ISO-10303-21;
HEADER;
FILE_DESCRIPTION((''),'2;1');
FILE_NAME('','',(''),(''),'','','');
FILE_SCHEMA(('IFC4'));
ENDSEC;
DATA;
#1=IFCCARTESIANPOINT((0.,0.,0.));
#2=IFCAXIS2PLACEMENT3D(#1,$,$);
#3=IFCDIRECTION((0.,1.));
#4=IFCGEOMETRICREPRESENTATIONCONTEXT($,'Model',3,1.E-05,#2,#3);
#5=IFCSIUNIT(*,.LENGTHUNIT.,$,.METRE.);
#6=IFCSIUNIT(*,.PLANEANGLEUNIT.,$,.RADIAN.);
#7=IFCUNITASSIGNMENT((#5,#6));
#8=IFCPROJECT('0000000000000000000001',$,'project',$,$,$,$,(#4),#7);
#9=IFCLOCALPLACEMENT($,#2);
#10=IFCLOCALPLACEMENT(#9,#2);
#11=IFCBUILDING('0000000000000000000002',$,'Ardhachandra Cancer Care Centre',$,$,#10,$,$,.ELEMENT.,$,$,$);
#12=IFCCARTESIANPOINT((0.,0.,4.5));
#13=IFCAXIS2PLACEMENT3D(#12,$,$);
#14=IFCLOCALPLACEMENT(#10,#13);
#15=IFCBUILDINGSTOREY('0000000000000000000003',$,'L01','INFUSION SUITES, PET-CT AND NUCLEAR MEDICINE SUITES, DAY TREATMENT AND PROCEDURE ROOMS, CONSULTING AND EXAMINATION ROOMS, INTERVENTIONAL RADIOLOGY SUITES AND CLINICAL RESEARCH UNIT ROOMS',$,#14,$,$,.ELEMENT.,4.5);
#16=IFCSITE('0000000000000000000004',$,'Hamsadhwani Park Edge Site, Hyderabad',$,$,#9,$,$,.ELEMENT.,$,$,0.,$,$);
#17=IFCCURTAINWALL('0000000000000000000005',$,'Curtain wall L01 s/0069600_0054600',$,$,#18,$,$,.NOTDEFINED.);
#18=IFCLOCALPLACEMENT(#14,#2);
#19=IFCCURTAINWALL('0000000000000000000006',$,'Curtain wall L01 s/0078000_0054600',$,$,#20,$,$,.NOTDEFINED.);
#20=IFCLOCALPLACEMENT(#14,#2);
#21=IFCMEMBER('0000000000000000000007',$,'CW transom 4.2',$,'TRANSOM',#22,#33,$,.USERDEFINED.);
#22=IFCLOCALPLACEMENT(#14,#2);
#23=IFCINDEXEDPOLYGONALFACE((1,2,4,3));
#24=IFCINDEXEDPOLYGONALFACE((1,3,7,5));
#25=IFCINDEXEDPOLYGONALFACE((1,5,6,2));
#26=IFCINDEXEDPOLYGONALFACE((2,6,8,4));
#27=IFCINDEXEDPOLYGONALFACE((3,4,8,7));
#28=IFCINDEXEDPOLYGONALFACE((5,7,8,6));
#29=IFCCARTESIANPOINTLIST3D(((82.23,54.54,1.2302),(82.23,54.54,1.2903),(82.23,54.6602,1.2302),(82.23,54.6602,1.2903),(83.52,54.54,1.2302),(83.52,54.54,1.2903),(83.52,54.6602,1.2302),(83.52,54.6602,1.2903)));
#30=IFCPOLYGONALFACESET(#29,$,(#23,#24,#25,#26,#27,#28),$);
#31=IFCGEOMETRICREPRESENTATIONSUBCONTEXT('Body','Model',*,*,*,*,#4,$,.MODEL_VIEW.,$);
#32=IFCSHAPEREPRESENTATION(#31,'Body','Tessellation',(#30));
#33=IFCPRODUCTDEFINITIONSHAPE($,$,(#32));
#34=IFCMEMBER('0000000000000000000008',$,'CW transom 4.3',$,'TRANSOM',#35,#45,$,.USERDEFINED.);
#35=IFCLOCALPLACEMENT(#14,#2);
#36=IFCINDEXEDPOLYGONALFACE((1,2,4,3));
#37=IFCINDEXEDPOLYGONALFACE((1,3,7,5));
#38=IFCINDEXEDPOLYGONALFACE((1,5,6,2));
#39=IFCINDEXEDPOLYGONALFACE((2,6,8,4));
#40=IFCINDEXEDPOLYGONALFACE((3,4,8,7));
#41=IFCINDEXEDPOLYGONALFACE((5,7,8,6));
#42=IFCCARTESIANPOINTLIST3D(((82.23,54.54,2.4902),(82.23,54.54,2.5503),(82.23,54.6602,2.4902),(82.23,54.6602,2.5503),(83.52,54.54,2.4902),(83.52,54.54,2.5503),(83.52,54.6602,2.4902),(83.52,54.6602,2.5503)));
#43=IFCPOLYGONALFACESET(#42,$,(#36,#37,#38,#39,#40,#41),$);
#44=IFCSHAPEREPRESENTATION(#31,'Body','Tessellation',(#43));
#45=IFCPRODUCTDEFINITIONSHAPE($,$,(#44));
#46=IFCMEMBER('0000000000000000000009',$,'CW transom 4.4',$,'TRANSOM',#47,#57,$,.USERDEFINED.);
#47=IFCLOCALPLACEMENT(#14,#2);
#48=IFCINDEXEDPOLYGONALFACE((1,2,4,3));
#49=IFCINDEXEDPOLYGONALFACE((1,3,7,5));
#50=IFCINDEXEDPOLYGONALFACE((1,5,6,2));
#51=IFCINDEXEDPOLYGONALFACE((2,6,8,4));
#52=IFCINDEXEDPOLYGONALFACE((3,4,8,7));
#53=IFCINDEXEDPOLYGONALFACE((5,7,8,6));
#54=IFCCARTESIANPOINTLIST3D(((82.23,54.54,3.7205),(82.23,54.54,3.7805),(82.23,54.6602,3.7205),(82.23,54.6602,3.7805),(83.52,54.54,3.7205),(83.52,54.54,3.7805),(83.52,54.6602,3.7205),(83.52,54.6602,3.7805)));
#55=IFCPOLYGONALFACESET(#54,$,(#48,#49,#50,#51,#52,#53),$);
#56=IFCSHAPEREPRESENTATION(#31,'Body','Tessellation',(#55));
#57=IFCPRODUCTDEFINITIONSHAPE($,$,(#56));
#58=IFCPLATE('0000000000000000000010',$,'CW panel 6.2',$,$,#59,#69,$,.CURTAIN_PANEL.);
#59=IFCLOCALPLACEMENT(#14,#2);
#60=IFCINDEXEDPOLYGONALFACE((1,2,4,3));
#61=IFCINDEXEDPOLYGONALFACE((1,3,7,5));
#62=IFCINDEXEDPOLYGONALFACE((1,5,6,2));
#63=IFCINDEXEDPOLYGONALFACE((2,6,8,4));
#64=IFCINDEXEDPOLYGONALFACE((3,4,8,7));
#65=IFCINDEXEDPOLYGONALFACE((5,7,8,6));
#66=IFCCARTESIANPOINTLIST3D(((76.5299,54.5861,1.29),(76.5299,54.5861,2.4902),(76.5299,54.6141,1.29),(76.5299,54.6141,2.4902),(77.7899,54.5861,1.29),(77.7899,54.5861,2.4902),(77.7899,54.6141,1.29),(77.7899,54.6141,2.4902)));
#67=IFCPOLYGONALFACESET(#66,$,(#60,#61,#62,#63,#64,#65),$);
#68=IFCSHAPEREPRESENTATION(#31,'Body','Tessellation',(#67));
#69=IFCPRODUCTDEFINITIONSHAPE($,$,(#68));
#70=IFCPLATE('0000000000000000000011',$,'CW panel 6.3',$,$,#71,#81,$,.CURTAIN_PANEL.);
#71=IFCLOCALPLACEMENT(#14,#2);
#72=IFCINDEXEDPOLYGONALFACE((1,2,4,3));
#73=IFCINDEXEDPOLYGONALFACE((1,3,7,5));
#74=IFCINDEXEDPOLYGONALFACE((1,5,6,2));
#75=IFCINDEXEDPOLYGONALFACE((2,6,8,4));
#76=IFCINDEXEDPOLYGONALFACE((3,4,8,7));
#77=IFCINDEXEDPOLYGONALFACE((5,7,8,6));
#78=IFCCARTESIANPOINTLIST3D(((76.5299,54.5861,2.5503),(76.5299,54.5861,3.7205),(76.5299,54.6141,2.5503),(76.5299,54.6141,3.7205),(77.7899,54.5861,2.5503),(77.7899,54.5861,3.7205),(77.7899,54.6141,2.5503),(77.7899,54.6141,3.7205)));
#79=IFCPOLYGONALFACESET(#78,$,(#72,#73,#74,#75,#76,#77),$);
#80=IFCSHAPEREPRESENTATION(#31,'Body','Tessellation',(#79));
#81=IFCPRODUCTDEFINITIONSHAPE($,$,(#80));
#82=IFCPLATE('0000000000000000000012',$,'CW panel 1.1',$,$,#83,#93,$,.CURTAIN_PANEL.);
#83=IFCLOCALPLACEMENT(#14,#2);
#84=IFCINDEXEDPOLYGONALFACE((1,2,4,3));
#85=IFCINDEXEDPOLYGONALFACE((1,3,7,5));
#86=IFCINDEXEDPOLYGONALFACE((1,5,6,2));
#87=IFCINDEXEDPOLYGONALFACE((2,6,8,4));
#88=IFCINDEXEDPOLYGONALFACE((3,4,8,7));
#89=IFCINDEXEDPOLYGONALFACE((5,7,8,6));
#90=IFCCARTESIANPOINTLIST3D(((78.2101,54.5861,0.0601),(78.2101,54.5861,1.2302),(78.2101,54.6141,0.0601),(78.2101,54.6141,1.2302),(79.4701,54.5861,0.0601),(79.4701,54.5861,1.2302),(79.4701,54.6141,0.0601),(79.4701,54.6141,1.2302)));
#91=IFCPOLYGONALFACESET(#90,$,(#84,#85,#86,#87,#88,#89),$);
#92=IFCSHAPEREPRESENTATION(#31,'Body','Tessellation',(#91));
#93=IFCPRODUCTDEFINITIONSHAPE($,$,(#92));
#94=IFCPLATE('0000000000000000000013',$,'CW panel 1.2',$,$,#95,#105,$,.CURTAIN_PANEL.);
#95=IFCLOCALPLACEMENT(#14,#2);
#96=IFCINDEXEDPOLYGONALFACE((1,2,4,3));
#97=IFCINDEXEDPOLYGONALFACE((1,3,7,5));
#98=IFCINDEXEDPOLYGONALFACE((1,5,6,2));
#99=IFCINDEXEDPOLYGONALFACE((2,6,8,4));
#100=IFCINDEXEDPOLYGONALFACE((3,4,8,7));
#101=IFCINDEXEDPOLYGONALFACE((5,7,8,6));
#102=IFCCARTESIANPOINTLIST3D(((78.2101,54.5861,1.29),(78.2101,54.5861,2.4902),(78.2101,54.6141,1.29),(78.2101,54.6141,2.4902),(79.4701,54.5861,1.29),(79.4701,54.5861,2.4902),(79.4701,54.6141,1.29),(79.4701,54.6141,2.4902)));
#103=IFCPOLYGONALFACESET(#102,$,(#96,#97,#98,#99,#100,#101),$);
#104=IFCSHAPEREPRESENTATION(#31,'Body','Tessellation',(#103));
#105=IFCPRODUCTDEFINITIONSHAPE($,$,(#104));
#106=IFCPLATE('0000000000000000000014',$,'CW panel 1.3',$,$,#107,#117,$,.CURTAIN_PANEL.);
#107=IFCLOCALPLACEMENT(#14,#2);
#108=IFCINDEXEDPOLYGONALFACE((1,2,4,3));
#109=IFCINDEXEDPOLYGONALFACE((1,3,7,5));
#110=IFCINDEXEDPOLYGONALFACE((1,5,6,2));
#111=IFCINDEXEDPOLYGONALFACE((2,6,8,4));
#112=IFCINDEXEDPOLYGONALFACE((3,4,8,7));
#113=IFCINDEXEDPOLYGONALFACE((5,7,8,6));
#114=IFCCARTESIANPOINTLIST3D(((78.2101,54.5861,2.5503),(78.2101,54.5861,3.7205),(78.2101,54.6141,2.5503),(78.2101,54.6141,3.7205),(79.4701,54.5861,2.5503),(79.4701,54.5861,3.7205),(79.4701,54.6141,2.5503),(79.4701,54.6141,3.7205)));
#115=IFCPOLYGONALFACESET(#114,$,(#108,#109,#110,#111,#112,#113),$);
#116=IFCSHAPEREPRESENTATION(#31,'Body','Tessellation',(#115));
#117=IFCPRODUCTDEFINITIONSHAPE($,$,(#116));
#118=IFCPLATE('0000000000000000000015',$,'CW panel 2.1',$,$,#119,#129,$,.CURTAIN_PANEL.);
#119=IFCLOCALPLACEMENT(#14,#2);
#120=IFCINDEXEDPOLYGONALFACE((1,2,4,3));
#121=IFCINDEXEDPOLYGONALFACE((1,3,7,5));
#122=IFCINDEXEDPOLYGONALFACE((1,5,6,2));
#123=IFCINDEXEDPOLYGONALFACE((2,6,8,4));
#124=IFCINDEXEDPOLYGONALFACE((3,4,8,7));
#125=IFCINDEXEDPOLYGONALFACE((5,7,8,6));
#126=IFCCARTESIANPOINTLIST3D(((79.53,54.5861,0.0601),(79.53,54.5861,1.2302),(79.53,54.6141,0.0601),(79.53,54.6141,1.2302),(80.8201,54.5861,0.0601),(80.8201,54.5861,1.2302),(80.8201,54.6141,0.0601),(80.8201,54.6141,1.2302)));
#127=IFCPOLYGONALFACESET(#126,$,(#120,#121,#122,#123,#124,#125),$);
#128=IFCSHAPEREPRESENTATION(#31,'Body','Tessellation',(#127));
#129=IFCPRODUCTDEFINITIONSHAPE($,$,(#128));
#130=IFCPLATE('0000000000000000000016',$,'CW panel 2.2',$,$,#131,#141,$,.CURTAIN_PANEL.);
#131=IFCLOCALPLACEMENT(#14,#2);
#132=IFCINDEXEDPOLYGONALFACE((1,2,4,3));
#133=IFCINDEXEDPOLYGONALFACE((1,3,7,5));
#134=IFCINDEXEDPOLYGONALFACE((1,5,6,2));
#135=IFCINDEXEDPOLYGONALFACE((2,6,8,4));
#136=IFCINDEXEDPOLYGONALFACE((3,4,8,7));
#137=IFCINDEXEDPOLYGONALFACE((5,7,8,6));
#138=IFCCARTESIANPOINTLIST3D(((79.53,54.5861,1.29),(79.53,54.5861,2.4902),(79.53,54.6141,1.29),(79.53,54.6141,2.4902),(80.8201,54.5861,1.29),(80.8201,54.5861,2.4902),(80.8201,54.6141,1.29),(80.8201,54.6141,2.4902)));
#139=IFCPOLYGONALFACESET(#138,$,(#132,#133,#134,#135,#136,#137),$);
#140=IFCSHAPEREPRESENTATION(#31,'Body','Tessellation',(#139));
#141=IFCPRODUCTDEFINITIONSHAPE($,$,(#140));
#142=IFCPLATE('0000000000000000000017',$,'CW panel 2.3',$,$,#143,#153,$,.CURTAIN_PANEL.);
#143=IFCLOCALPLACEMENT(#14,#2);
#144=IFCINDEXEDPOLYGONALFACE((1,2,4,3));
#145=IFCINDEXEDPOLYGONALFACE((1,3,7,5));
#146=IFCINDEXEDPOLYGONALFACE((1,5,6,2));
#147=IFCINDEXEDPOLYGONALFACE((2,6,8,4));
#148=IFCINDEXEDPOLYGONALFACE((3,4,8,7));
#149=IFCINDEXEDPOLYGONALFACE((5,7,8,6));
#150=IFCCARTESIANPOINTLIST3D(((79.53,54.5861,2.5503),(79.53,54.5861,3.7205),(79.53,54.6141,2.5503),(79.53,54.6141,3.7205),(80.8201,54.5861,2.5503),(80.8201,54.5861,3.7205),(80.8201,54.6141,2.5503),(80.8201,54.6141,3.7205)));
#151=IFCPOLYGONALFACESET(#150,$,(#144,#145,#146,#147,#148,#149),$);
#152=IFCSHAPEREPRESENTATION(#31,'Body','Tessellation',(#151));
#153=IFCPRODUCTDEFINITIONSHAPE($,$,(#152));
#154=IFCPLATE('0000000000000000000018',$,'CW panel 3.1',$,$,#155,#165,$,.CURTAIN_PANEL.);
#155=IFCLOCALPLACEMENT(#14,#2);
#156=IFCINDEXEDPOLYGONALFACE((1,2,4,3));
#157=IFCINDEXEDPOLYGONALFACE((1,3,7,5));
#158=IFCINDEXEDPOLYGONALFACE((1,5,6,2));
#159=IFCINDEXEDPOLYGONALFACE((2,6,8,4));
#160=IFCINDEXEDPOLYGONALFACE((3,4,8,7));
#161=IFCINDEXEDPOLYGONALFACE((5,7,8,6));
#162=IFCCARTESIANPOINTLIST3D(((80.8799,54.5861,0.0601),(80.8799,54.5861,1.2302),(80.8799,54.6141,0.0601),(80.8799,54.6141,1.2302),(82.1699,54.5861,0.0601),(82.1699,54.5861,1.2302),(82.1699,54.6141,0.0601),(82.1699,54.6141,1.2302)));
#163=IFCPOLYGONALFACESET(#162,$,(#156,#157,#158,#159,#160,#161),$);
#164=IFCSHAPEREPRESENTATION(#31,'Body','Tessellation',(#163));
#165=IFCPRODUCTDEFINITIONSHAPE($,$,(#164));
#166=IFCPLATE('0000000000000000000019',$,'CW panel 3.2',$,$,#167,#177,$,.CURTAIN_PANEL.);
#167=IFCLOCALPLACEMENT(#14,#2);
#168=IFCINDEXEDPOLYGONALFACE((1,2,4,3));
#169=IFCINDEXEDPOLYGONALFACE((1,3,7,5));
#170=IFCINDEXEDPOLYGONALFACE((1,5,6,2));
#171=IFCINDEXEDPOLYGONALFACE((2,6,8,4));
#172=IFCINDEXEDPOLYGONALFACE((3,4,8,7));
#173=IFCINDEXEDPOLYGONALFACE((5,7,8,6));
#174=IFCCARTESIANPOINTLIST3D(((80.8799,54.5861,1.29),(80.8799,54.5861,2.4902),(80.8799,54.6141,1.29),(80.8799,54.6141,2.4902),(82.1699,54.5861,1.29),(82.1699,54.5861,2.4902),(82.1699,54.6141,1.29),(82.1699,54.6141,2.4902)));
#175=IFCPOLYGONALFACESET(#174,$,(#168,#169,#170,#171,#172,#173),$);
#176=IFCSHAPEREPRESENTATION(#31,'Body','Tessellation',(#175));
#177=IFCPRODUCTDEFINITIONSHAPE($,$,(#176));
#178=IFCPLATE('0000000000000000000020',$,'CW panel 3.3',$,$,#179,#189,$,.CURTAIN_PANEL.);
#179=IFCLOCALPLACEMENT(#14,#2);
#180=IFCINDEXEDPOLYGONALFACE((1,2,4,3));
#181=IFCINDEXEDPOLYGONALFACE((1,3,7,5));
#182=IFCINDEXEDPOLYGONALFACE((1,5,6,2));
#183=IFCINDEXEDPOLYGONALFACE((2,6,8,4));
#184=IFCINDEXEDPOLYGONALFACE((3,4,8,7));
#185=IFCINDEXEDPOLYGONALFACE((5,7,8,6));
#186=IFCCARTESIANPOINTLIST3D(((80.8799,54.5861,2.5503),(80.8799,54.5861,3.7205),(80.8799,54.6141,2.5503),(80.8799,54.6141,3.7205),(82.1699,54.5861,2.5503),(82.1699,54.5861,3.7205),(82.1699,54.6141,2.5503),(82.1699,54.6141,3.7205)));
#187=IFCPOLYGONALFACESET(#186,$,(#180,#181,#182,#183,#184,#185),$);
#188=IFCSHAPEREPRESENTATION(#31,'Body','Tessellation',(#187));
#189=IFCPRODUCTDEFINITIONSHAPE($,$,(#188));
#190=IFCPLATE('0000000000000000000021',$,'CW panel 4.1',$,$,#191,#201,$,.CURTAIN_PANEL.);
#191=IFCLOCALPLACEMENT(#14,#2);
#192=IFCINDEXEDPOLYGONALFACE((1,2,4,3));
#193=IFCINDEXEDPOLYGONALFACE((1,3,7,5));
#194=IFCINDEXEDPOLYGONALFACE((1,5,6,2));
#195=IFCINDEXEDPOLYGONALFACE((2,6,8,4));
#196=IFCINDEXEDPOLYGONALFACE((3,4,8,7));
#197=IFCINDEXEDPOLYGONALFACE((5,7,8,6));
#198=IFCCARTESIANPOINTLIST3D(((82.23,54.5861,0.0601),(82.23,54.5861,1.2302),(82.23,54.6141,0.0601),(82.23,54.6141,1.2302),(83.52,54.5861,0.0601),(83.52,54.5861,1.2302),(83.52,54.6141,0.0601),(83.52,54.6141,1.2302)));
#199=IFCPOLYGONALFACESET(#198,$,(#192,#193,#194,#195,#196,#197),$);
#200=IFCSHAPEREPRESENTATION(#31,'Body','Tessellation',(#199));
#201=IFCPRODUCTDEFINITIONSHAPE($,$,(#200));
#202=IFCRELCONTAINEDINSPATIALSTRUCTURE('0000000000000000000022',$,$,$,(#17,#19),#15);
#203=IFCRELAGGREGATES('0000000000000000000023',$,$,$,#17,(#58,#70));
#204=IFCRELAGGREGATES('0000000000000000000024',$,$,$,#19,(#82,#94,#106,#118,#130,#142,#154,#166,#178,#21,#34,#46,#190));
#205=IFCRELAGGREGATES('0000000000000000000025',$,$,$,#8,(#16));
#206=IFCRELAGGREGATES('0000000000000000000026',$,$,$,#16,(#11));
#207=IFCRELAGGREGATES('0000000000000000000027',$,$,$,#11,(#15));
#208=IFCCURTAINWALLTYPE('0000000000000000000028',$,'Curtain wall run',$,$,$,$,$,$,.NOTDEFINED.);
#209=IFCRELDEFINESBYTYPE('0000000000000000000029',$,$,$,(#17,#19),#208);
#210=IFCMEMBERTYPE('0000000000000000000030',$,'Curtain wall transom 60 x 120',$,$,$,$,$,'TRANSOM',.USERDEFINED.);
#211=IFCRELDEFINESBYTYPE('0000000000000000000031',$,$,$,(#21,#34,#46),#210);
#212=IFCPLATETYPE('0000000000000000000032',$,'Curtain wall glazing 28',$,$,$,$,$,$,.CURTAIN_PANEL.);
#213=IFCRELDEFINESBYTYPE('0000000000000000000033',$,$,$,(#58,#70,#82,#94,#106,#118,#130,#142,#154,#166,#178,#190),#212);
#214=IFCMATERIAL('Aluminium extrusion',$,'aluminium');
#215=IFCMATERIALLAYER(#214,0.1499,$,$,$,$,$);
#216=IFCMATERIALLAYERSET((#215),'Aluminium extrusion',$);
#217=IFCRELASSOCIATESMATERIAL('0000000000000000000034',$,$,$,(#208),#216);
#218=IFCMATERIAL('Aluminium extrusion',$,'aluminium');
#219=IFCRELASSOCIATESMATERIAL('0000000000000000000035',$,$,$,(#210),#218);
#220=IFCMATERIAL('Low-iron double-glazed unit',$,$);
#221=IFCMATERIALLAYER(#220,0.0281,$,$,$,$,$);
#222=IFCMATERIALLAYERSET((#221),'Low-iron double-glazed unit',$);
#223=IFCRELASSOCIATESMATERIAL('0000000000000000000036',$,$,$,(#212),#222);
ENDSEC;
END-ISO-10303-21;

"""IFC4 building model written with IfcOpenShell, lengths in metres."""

from ifc_helpers import new_model, si_unit, direction, frame, origin, origin_2d, place, context, subcontext, project, spatial, rectangle, extrude, material, layer, layer_set, material_profile, profile_set, type_object, element, aggregate, save


model = new_model("IFC4")

# Units and contexts
model_context = context("Model", 3, precision=1e-05, world=origin(), true_north=direction((0.0, 1.0)))
body_context = subcontext(model_context, "Body", "Model", "MODEL_VIEW")
ifc_project = project(units=[si_unit("LENGTHUNIT", "METRE"), si_unit("PLANEANGLEUNIT", "RADIAN")], contexts=[model_context])

# Site, building, storey
site_placement = place(None, origin())
site = spatial("IfcSite", under=ifc_project, at=site_placement, Name="Hamsadhwani Park Edge Site, Hyderabad", CompositionType="ELEMENT", RefElevation=0.0)
building_placement = place(site_placement, origin())
building = spatial("IfcBuilding", under=site, at=building_placement, Name="Ardhachandra Cancer Care Centre", CompositionType="ELEMENT")
storey_placement = place(building_placement, frame((0.0, 0.0, 4.5)))
storey = spatial("IfcBuildingStorey", under=building, at=storey_placement, Name="L01", Description="INFUSION SUITES, PET-CT AND NUCLEAR MEDICINE SUITES, DAY TREATMENT AND PROCEDURE ROOMS, CONSULTING AND EXAMINATION ROOMS, INTERVENTIONAL RADIOLOGY SUITES AND CLINICAL RESEARCH UNIT ROOMS", CompositionType="ELEMENT", Elevation=4.5)

# Curtain wall
ifc_material_1 = material(Name="Aluminium extrusion", Category="aluminium")
ifc_layer_1 = layer(ifc_material_1, 0.1499)
ifc_layer_set_1 = layer_set([ifc_layer_1], Name="Aluminium extrusion")
curtain_wall_type = type_object("IfcCurtainWallType", Name="Curtain wall run", PredefinedType="NOTDEFINED", material=ifc_layer_set_1)
curtain_wall_1_placement = place(storey_placement, origin())
curtain_wall_1 = element("IfcCurtainWall", 1, at=curtain_wall_1_placement, inside=storey, type_object=curtain_wall_type, Name="Curtain wall L01 s/0069600_0054600", PredefinedType="NOTDEFINED")

# Curtain wall, members
curtain_wall_2_placement = place(storey_placement, origin())
curtain_wall_2 = element("IfcCurtainWall", 2, at=curtain_wall_2_placement, inside=storey, type_object=curtain_wall_type, Name="Curtain wall L01 s/0078000_0054600", PredefinedType="NOTDEFINED")
ifc_material_2 = material(Name="Aluminium extrusion", Category="aluminium")
ifc_material_profile_1 = material_profile(ifc_material_2, rectangle(XDim=0.1201, YDim=0.0601, at=origin_2d()), Name="Curtain wall transom 60 x 120")
ifc_profile_set_1 = profile_set([ifc_material_profile_1], Name="Aluminium extrusion")
member_type_1 = type_object("IfcMemberType", Name="Curtain wall transom 60 x 120", ElementType="TRANSOM", PredefinedType="USERDEFINED", material=ifc_profile_set_1)
member_1_placement = place(storey_placement, frame((82.23, 54.6001, 1.2603), z_axis=(1.0, 0.0, 0.0), x_axis=(0.0, 1.0, 0.0)))
member_1 = element("IfcMember", 3, at=member_1_placement, type_object=member_type_1, Name="CW transom 4.2", ObjectType="TRANSOM", PredefinedType="USERDEFINED", context=body_context, shape_type="SweptSolid", body=[
    extrude(rectangle(XDim=0.1201, YDim=0.0601, at=origin_2d()), origin(), (0.0, 0.0, 1.0), 1.29),
])
member_2_placement = place(storey_placement, frame((82.23, 54.6001, 2.5203), z_axis=(1.0, 0.0, 0.0), x_axis=(0.0, 1.0, 0.0)))
member_2 = element("IfcMember", 4, at=member_2_placement, type_object=member_type_1, Name="CW transom 4.3", ObjectType="TRANSOM", PredefinedType="USERDEFINED", context=body_context, shape_type="SweptSolid", body=[
    extrude(rectangle(XDim=0.1201, YDim=0.0601, at=origin_2d()), origin(), (0.0, 0.0, 1.0), 1.29),
])
member_3_placement = place(storey_placement, frame((82.23, 54.6001, 3.7505), z_axis=(1.0, 0.0, 0.0), x_axis=(0.0, 1.0, 0.0)))
member_3 = element("IfcMember", 5, at=member_3_placement, type_object=member_type_1, Name="CW transom 4.4", ObjectType="TRANSOM", PredefinedType="USERDEFINED", context=body_context, shape_type="SweptSolid", body=[
    extrude(rectangle(XDim=0.1201, YDim=0.0601, at=origin_2d()), origin(), (0.0, 0.0, 1.0), 1.29),
])

# Plates
ifc_material_3 = material(Name="Low-iron double-glazed unit")
ifc_layer_2 = layer(ifc_material_3, 0.0281)
ifc_layer_set_2 = layer_set([ifc_layer_2], Name="Low-iron double-glazed unit")
plate_type = type_object("IfcPlateType", Name="Curtain wall glazing 28", PredefinedType="CURTAIN_PANEL", material=ifc_layer_set_2)
plate_1_placement = place(storey_placement, frame((77.1599, 54.6001, 1.29), z_axis=(0.0, 0.0, 1.0), x_axis=(1.0, 0.0, 0.0)))
plate_1 = element("IfcPlate", 6, at=plate_1_placement, type_object=plate_type, Name="CW panel 6.2", PredefinedType="CURTAIN_PANEL", context=body_context, shape_type="SweptSolid", body=[
    extrude(rectangle(XDim=1.26, YDim=0.0281, at=origin_2d()), origin(), (0.0, 0.0, 1.0), 1.2002),
])
plate_2_placement = place(storey_placement, frame((77.1599, 54.6001, 2.5503), z_axis=(0.0, 0.0, 1.0), x_axis=(1.0, 0.0, 0.0)))
plate_2 = element("IfcPlate", 7, at=plate_2_placement, type_object=plate_type, Name="CW panel 6.3", PredefinedType="CURTAIN_PANEL", context=body_context, shape_type="SweptSolid", body=[
    extrude(rectangle(XDim=1.26, YDim=0.0281, at=origin_2d()), origin(), (0.0, 0.0, 1.0), 1.1702),
])
aggregate(curtain_wall_1, [plate_1, plate_2])
plate_3_placement = place(storey_placement, frame((78.8401, 54.6001, 0.0601), z_axis=(0.0, 0.0, 1.0), x_axis=(1.0, 0.0, 0.0)))
plate_3 = element("IfcPlate", 8, at=plate_3_placement, type_object=plate_type, Name="CW panel 1.1", PredefinedType="CURTAIN_PANEL", context=body_context, shape_type="SweptSolid", body=[
    extrude(rectangle(XDim=1.26, YDim=0.0281, at=origin_2d()), origin(), (0.0, 0.0, 1.0), 1.1702),
])
plate_4_placement = place(storey_placement, frame((78.8401, 54.6001, 1.29), z_axis=(0.0, 0.0, 1.0), x_axis=(1.0, 0.0, 0.0)))
plate_4 = element("IfcPlate", 9, at=plate_4_placement, type_object=plate_type, Name="CW panel 1.2", PredefinedType="CURTAIN_PANEL", context=body_context, shape_type="SweptSolid", body=[
    extrude(rectangle(XDim=1.26, YDim=0.0281, at=origin_2d()), origin(), (0.0, 0.0, 1.0), 1.2002),
])
plate_5_placement = place(storey_placement, frame((78.8401, 54.6001, 2.5503), z_axis=(0.0, 0.0, 1.0), x_axis=(1.0, 0.0, 0.0)))
plate_5 = element("IfcPlate", 10, at=plate_5_placement, type_object=plate_type, Name="CW panel 1.3", PredefinedType="CURTAIN_PANEL", context=body_context, shape_type="SweptSolid", body=[
    extrude(rectangle(XDim=1.26, YDim=0.0281, at=origin_2d()), origin(), (0.0, 0.0, 1.0), 1.1702),
])
plate_6_placement = place(storey_placement, frame((80.175, 54.6001, 0.0601), z_axis=(0.0, 0.0, 1.0), x_axis=(1.0, 0.0, 0.0)))
plate_6 = element("IfcPlate", 11, at=plate_6_placement, type_object=plate_type, Name="CW panel 2.1", PredefinedType="CURTAIN_PANEL", context=body_context, shape_type="SweptSolid", body=[
    extrude(rectangle(XDim=1.29, YDim=0.0281, at=origin_2d()), origin(), (0.0, 0.0, 1.0), 1.1702),
])
plate_7_placement = place(storey_placement, frame((80.175, 54.6001, 1.29), z_axis=(0.0, 0.0, 1.0), x_axis=(1.0, 0.0, 0.0)))
plate_7 = element("IfcPlate", 12, at=plate_7_placement, type_object=plate_type, Name="CW panel 2.2", PredefinedType="CURTAIN_PANEL", context=body_context, shape_type="SweptSolid", body=[
    extrude(rectangle(XDim=1.29, YDim=0.0281, at=origin_2d()), origin(), (0.0, 0.0, 1.0), 1.2002),
])
plate_8_placement = place(storey_placement, frame((80.175, 54.6001, 2.5503), z_axis=(0.0, 0.0, 1.0), x_axis=(1.0, 0.0, 0.0)))
plate_8 = element("IfcPlate", 13, at=plate_8_placement, type_object=plate_type, Name="CW panel 2.3", PredefinedType="CURTAIN_PANEL", context=body_context, shape_type="SweptSolid", body=[
    extrude(rectangle(XDim=1.29, YDim=0.0281, at=origin_2d()), origin(), (0.0, 0.0, 1.0), 1.1702),
])
plate_9_placement = place(storey_placement, frame((81.5249, 54.6001, 0.0601), z_axis=(0.0, 0.0, 1.0), x_axis=(1.0, 0.0, 0.0)))
plate_9 = element("IfcPlate", 14, at=plate_9_placement, type_object=plate_type, Name="CW panel 3.1", PredefinedType="CURTAIN_PANEL", context=body_context, shape_type="SweptSolid", body=[
    extrude(rectangle(XDim=1.29, YDim=0.0281, at=origin_2d()), origin(), (0.0, 0.0, 1.0), 1.1702),
])
plate_10_placement = place(storey_placement, frame((81.5249, 54.6001, 1.29), z_axis=(0.0, 0.0, 1.0), x_axis=(1.0, 0.0, 0.0)))
plate_10 = element("IfcPlate", 15, at=plate_10_placement, type_object=plate_type, Name="CW panel 3.2", PredefinedType="CURTAIN_PANEL", context=body_context, shape_type="SweptSolid", body=[
    extrude(rectangle(XDim=1.29, YDim=0.0281, at=origin_2d()), origin(), (0.0, 0.0, 1.0), 1.2002),
])
plate_11_placement = place(storey_placement, frame((81.5249, 54.6001, 2.5503), z_axis=(0.0, 0.0, 1.0), x_axis=(1.0, 0.0, 0.0)))
plate_11 = element("IfcPlate", 16, at=plate_11_placement, type_object=plate_type, Name="CW panel 3.3", PredefinedType="CURTAIN_PANEL", context=body_context, shape_type="SweptSolid", body=[
    extrude(rectangle(XDim=1.29, YDim=0.0281, at=origin_2d()), origin(), (0.0, 0.0, 1.0), 1.1702),
])
plate_12_placement = place(storey_placement, frame((82.875, 54.6001, 0.0601), z_axis=(0.0, 0.0, 1.0), x_axis=(1.0, 0.0, 0.0)))
plate_12 = element("IfcPlate", 17, at=plate_12_placement, type_object=plate_type, Name="CW panel 4.1", PredefinedType="CURTAIN_PANEL", context=body_context, shape_type="SweptSolid", body=[
    extrude(rectangle(XDim=1.29, YDim=0.0281, at=origin_2d()), origin(), (0.0, 0.0, 1.0), 1.1702),
])
aggregate(curtain_wall_2, [plate_3, plate_4, plate_5, plate_6, plate_7, plate_8, plate_9, plate_10, plate_11, member_1, member_2, member_3, plate_12])

save(model, "model.ifc")
